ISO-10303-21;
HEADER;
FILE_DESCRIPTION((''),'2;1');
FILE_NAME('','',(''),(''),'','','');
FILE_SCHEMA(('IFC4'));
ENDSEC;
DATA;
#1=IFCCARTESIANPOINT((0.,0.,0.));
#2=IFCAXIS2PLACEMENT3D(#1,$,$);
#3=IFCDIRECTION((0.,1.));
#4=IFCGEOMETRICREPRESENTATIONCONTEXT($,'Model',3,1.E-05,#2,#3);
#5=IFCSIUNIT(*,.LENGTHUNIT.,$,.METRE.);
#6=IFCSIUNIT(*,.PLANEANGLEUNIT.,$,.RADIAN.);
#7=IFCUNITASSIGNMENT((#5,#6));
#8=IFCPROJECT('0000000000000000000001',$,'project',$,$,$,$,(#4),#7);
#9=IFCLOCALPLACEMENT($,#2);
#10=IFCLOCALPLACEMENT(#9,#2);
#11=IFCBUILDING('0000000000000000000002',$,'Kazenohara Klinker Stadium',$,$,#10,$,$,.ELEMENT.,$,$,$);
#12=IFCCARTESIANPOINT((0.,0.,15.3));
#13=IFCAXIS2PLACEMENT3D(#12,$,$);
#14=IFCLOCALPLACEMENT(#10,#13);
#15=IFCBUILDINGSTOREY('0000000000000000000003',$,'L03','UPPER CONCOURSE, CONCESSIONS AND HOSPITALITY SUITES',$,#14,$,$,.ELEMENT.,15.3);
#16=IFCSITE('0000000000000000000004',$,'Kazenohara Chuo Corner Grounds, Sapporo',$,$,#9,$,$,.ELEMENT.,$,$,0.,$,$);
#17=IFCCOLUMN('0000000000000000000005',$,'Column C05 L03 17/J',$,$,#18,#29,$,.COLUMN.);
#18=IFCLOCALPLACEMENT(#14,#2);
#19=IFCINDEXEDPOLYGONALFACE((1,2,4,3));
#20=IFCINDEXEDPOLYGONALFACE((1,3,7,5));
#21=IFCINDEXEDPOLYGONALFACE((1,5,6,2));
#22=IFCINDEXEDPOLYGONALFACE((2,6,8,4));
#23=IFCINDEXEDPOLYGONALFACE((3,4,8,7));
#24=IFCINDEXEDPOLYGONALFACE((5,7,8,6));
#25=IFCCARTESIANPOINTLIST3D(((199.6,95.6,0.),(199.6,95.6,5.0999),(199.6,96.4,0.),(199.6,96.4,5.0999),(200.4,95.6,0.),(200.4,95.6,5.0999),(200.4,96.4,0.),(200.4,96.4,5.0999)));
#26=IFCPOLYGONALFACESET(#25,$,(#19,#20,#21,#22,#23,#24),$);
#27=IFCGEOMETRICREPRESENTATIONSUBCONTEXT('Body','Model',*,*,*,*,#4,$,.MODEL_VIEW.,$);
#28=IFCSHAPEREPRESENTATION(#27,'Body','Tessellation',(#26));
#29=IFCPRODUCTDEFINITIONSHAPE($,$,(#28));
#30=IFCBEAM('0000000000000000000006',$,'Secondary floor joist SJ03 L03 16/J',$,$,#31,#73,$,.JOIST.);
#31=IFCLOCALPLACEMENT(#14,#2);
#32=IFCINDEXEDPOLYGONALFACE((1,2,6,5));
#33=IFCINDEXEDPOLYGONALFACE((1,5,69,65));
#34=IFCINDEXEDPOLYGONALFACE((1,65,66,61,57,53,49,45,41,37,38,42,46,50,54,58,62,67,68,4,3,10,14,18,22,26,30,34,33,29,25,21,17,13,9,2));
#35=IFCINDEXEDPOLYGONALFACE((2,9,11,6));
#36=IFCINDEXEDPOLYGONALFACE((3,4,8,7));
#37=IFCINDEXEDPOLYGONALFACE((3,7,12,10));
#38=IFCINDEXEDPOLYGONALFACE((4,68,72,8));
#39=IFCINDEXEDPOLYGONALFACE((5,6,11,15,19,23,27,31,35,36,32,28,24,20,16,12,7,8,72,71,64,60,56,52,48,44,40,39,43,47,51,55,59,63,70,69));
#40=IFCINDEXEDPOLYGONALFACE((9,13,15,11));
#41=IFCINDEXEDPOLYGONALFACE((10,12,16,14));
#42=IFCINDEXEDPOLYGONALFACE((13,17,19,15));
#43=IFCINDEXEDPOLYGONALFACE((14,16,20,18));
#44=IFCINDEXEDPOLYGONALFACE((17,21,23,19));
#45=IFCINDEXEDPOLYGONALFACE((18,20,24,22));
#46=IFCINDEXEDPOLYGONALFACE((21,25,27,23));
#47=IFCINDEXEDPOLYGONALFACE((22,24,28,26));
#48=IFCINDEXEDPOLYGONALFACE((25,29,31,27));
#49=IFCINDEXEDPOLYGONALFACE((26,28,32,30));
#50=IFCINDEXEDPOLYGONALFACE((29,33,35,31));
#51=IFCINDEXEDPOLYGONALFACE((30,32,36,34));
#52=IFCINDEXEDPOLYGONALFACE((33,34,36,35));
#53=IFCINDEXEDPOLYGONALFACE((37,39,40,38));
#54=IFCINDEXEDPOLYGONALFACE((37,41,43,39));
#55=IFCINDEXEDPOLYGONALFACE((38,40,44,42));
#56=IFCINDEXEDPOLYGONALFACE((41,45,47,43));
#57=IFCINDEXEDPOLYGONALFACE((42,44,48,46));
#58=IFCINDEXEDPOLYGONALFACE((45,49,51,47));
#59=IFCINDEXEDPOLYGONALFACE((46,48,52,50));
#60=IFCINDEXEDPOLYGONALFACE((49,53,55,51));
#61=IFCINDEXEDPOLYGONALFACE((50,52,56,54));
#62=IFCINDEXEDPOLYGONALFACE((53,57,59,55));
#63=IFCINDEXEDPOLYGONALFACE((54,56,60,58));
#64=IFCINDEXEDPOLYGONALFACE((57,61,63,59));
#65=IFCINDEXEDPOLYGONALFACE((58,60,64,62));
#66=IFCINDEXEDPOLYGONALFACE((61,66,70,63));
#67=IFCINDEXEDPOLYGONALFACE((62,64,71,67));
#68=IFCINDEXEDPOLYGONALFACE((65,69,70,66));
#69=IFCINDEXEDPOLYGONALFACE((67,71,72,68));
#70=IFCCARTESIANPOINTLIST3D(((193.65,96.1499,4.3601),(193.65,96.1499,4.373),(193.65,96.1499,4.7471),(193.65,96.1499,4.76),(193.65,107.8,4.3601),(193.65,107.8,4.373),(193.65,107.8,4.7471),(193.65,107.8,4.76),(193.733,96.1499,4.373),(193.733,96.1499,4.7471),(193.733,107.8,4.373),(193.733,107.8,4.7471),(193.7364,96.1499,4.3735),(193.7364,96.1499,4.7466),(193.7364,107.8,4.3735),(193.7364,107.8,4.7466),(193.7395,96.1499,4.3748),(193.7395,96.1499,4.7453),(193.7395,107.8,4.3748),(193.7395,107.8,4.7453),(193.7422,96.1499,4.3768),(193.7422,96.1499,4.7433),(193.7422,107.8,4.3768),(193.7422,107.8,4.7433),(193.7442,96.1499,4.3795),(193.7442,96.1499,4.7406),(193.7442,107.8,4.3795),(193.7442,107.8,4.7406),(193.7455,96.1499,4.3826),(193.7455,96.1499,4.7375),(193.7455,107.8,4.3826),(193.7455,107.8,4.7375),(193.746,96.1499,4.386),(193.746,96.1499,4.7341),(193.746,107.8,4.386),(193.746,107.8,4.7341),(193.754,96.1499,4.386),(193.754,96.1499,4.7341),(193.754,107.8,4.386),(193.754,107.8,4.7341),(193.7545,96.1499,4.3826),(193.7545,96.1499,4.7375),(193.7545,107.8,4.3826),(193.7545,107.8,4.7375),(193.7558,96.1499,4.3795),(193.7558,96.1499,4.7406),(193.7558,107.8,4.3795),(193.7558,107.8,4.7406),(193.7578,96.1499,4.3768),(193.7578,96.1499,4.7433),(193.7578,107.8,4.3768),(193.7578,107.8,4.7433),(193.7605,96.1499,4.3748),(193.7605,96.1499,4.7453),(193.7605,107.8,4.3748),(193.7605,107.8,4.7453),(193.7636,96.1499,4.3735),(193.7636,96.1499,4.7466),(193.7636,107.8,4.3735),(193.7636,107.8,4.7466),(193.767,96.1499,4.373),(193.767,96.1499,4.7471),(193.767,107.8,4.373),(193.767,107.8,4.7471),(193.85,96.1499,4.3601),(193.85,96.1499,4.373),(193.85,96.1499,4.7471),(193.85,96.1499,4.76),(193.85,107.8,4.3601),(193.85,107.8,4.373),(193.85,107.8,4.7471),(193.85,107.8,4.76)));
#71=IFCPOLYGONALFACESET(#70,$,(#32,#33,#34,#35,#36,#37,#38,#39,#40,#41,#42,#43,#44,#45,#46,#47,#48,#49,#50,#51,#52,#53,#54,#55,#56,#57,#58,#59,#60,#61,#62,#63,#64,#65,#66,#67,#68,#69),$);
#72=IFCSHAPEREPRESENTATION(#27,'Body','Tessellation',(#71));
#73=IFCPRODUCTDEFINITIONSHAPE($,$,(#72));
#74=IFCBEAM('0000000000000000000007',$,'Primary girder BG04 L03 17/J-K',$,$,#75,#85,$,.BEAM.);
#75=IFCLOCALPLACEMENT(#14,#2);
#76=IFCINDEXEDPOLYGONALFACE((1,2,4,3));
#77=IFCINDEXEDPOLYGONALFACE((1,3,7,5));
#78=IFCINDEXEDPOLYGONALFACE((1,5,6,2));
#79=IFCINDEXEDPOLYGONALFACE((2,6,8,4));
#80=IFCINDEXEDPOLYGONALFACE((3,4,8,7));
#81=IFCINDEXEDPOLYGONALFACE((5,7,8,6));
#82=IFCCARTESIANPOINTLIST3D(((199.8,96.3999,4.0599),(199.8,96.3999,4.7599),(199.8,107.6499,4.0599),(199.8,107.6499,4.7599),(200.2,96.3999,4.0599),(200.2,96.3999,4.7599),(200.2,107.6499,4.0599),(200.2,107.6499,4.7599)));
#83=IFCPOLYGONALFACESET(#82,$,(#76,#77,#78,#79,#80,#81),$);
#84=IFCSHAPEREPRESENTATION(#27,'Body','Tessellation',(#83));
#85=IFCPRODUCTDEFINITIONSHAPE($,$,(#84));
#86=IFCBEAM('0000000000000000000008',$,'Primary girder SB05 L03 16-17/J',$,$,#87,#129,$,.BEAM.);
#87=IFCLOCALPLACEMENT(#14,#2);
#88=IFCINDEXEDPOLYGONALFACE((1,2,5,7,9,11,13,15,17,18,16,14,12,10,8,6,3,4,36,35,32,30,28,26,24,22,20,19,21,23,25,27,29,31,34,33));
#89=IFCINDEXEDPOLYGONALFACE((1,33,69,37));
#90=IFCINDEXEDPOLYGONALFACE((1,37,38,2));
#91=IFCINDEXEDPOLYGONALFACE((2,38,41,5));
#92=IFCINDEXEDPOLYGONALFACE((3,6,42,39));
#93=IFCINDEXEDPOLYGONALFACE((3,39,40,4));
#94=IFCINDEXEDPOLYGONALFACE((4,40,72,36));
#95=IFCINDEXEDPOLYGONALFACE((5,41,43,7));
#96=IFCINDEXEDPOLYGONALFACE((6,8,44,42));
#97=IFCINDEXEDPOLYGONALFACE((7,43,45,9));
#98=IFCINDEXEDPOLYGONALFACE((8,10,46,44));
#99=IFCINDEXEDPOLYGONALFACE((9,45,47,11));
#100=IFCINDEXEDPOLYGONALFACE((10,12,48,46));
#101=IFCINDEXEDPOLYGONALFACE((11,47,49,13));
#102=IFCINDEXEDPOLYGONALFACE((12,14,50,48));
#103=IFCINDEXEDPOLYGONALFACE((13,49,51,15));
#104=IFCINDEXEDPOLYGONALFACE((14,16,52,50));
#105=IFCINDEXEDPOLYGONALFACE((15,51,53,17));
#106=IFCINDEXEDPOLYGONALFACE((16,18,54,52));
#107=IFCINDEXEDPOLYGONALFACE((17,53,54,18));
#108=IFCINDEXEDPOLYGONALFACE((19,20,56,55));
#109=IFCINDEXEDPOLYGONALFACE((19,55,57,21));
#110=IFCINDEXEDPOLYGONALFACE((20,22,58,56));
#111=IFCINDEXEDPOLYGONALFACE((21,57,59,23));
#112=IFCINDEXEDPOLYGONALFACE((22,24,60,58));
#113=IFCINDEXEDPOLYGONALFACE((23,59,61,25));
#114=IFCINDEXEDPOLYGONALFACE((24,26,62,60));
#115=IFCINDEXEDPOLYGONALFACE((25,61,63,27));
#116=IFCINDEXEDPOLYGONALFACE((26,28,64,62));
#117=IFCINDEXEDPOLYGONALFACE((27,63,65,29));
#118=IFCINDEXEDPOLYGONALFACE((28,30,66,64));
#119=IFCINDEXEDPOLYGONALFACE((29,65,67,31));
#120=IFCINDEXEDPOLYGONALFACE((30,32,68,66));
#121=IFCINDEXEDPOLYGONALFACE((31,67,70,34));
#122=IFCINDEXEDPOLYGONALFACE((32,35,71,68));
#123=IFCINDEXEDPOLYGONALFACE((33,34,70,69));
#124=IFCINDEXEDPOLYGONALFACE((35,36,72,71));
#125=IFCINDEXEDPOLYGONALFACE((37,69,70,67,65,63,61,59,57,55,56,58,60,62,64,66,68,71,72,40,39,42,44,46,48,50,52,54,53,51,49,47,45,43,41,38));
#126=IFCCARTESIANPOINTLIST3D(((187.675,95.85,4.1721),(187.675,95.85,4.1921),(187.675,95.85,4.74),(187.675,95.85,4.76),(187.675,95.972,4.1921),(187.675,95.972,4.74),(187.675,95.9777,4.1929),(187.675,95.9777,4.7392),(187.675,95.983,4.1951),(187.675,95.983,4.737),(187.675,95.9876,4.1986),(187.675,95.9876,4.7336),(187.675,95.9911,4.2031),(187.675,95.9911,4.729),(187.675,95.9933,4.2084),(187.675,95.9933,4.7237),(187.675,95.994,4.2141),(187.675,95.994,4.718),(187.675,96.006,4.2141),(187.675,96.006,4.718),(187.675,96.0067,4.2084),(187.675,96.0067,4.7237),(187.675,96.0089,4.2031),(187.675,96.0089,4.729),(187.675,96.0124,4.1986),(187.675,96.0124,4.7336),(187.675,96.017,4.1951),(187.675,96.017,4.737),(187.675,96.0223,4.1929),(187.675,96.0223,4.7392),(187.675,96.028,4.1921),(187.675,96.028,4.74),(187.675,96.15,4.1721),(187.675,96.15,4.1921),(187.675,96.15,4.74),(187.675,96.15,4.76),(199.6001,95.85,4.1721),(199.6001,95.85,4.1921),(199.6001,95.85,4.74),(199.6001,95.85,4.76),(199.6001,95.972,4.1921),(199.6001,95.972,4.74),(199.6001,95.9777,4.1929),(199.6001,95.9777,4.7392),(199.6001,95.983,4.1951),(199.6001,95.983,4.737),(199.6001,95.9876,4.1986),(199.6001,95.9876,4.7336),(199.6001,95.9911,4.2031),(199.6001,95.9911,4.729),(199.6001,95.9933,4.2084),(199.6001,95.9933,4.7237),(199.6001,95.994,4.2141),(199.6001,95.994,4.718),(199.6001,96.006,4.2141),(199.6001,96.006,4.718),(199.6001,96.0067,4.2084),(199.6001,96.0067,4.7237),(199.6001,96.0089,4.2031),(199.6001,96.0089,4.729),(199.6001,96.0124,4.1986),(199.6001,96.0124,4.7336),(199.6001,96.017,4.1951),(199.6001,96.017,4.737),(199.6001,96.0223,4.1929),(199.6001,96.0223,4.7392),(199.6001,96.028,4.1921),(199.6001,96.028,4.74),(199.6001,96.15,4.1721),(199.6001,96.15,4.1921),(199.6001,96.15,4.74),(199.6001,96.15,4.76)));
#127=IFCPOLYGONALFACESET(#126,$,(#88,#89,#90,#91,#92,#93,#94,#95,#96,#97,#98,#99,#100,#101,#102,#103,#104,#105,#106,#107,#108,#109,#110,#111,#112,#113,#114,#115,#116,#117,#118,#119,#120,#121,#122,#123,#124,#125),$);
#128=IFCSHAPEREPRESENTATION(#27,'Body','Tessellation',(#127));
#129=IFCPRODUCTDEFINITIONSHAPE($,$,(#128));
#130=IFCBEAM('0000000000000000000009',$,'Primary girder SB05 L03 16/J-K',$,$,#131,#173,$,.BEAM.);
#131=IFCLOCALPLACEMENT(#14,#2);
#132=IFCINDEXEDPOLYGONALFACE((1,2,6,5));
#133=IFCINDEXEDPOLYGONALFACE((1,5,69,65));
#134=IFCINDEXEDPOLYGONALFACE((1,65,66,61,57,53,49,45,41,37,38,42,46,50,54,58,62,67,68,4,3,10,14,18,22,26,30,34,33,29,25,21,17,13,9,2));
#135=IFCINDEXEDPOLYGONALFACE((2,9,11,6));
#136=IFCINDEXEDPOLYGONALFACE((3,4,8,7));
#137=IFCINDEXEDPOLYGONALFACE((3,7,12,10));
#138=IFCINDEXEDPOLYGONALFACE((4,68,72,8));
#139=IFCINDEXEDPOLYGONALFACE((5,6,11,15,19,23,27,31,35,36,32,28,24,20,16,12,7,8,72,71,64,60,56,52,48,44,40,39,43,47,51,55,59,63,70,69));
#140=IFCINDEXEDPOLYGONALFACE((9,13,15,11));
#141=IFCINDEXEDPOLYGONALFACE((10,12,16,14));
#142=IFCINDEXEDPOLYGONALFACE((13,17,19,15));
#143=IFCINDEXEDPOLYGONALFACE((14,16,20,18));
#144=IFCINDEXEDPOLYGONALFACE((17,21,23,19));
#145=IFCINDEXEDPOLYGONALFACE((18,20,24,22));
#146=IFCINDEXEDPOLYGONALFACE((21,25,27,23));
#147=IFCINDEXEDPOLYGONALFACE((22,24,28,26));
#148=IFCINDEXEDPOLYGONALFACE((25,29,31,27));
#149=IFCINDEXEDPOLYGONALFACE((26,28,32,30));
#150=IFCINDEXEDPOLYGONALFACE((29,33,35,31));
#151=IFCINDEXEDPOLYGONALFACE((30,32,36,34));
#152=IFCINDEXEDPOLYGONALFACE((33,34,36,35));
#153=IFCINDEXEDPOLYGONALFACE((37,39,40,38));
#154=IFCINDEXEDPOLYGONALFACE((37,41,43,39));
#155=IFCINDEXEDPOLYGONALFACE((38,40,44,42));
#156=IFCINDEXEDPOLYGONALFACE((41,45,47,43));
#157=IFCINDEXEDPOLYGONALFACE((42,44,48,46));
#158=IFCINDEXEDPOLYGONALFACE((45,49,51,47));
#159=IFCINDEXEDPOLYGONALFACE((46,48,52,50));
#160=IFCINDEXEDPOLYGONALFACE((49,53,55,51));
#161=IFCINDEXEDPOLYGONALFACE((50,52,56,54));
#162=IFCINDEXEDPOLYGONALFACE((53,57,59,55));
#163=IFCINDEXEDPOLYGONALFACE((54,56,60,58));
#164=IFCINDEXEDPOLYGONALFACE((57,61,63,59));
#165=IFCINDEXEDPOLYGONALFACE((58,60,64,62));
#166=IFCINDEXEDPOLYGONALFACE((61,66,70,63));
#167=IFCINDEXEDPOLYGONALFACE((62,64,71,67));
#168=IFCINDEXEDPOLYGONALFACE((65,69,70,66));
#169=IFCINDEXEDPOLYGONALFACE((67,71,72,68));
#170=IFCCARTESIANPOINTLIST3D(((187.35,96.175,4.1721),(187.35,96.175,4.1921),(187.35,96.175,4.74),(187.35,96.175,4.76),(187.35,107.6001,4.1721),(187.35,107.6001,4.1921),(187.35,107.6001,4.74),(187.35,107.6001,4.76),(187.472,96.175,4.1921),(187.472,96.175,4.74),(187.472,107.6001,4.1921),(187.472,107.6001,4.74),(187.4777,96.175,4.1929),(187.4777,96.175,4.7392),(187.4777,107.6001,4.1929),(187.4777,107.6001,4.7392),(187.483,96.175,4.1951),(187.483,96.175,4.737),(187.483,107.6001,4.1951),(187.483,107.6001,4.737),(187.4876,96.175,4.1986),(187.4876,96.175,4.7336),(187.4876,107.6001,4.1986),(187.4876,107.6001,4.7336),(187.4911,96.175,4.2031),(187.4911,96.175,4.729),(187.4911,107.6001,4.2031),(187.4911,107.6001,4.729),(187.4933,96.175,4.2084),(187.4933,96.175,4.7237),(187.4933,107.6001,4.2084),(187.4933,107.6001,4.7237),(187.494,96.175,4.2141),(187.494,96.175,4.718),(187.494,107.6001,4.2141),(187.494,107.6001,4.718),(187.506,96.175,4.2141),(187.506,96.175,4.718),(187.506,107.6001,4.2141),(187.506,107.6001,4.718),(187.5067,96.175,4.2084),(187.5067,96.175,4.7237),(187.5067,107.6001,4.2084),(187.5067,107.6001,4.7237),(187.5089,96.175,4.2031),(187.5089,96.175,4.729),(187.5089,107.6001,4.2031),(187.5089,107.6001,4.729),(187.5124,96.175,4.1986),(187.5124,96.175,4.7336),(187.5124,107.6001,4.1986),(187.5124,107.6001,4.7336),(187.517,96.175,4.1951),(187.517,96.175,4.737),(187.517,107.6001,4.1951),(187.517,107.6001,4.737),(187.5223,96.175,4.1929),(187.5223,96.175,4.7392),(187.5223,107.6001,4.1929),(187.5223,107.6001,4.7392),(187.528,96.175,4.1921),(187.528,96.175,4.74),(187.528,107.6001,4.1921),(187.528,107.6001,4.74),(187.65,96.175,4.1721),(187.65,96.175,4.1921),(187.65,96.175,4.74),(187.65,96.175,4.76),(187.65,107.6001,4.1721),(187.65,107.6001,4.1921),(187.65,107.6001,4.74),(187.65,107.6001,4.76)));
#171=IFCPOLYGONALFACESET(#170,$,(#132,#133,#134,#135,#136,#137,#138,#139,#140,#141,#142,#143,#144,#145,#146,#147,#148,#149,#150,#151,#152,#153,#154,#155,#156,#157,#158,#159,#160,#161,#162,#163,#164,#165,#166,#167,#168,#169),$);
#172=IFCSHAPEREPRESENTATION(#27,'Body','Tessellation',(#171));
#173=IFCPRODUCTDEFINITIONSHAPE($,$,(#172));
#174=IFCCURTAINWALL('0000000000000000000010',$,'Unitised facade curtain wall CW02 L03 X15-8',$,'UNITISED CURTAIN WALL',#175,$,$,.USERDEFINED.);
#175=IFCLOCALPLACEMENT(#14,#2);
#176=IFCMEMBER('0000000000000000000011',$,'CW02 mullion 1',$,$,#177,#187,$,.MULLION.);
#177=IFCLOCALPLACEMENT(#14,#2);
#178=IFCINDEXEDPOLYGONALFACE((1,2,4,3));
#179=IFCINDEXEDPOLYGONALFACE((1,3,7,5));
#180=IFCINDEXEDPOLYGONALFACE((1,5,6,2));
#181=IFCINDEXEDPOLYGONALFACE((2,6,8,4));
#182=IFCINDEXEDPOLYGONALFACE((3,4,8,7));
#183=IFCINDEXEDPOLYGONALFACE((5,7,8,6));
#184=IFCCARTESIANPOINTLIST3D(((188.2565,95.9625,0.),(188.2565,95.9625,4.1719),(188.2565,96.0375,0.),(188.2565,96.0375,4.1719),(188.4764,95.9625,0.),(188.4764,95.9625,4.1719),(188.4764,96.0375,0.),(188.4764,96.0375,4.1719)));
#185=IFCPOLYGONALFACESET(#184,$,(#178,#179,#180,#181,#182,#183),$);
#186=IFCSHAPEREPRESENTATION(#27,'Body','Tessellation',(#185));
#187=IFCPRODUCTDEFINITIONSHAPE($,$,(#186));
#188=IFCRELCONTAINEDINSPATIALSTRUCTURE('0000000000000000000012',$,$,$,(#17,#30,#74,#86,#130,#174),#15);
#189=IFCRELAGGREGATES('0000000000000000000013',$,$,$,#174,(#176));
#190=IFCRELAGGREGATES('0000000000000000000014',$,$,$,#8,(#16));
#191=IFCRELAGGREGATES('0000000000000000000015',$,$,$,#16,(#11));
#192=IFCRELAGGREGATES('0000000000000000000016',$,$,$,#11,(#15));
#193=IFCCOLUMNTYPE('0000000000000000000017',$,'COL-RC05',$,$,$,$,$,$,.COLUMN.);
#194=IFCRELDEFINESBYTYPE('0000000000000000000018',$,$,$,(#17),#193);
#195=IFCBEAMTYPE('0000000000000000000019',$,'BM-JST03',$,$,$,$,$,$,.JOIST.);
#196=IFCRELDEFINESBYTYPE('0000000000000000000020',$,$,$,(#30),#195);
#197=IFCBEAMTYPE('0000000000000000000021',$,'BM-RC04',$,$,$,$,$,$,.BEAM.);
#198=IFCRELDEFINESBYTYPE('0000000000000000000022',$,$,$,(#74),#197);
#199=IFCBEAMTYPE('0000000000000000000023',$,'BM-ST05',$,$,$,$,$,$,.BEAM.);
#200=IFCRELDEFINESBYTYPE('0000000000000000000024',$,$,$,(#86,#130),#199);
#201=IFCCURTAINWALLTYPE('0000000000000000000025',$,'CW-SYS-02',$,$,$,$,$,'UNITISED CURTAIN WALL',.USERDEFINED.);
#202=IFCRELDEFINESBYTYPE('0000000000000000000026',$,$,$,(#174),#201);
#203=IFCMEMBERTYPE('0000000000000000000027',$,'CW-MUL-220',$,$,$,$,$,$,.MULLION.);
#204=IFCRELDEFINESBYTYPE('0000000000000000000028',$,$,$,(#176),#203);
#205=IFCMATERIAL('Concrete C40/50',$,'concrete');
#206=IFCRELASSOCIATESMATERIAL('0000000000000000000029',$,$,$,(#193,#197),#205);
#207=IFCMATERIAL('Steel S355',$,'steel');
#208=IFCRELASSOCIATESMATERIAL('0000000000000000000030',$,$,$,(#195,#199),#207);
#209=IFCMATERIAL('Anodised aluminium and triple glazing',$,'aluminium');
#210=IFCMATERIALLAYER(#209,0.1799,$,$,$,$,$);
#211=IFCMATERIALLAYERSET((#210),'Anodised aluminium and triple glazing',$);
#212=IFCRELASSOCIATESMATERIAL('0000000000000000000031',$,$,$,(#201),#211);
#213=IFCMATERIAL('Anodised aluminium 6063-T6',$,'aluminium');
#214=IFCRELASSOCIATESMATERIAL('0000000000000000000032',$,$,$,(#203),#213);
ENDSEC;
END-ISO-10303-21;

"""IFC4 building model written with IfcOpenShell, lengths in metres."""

from ifc_helpers import new_model, si_unit, direction, frame, origin, origin_2d, place, context, subcontext, project, spatial, rectangle, i_section, extrude, material, layer, layer_set, material_profile, profile_set, type_object, element, aggregate, save


model = new_model("IFC4")

# Units and contexts
model_context = context("Model", 3, precision=1e-05, world=origin(), true_north=direction((0.0, 1.0)))
body_context = subcontext(model_context, "Body", "Model", "MODEL_VIEW")
ifc_project = project(units=[si_unit("LENGTHUNIT", "METRE"), si_unit("PLANEANGLEUNIT", "RADIAN")], contexts=[model_context])

# Site, building, storey
site_placement = place(None, origin())
site = spatial("IfcSite", under=ifc_project, at=site_placement, Name="Kazenohara Chuo Corner Grounds, Sapporo", CompositionType="ELEMENT", RefElevation=0.0)
building_placement = place(site_placement, origin())
building = spatial("IfcBuilding", under=site, at=building_placement, Name="Kazenohara Klinker Stadium", CompositionType="ELEMENT")
storey_placement = place(building_placement, frame((0.0, 0.0, 15.3)))
storey = spatial("IfcBuildingStorey", under=building, at=storey_placement, Name="L03", Description="UPPER CONCOURSE, CONCESSIONS AND HOSPITALITY SUITES", CompositionType="ELEMENT", Elevation=15.3)

# Column
ifc_material_1 = material(Name="Concrete C40/50", Category="concrete")
ifc_material_profile_1 = material_profile(ifc_material_1, rectangle(XDim=0.8, YDim=0.8, at=origin_2d()), Name="RC-COL-800x800")
ifc_profile_set_1 = profile_set([ifc_material_profile_1], Name="Concrete C40/50")
column_type = type_object("IfcColumnType", Name="COL-RC05", PredefinedType="COLUMN", material=ifc_profile_set_1)
column_placement = place(storey_placement, frame((200.0, 96.0, 0.0), z_axis=(0.0, 0.0, 1.0), x_axis=(1.0, 0.0, 0.0)))
element("IfcColumn", 1, at=column_placement, inside=storey, type_object=column_type, Name="Column C05 L03 17/J", PredefinedType="COLUMN", context=body_context, shape_type="SweptSolid", body=[
    extrude(rectangle(XDim=0.8, YDim=0.8, at=origin_2d()), origin(), (0.0, 0.0, 1.0), 5.0999),
])

# Beams
ifc_material_2 = material(Name="Steel S355", Category="steel")
ifc_material_profile_2 = material_profile(ifc_material_2, i_section(OverallWidth=0.2, OverallDepth=0.3999, WebThickness=0.0081, FlangeThickness=0.0129, FilletRadius=0.0129, at=origin_2d()), Name="H-400x200x8x13")
ifc_profile_set_2 = profile_set([ifc_material_profile_2], Name="Steel S355")
beam_type_1 = type_object("IfcBeamType", Name="BM-JST03", PredefinedType="JOIST", material=ifc_profile_set_2)
beam_1_placement = place(storey_placement, frame((193.75, 96.1499, 4.5601), z_axis=(0.0, 1.0, 0.0), x_axis=(-1.0, 0.0, 0.0)))
element("IfcBeam", 2, at=beam_1_placement, inside=storey, type_object=beam_type_1, Name="Secondary floor joist SJ03 L03 16/J", PredefinedType="JOIST", context=body_context, shape_type="SweptSolid", body=[
    extrude(i_section(OverallWidth=0.2, OverallDepth=0.3999, WebThickness=0.0081, FlangeThickness=0.0129, FilletRadius=0.0129, at=origin_2d()), origin(), (0.0, 0.0, 1.0), 11.6501),
])
ifc_material_profile_3 = material_profile(ifc_material_1, rectangle(XDim=0.3999, YDim=0.7, at=origin_2d()), Name="RC-BM-400x700")
ifc_profile_set_3 = profile_set([ifc_material_profile_3], Name="Concrete C40/50")
beam_type_2 = type_object("IfcBeamType", Name="BM-RC04", PredefinedType="BEAM", material=ifc_profile_set_3)
beam_2_placement = place(storey_placement, frame((200.0, 96.3999, 4.4099), z_axis=(0.0, 1.0, 0.0), x_axis=(-1.0, 0.0, 0.0)))
element("IfcBeam", 3, at=beam_2_placement, inside=storey, type_object=beam_type_2, Name="Primary girder BG04 L03 17/J-K", PredefinedType="BEAM", context=body_context, shape_type="SweptSolid", body=[
    extrude(rectangle(XDim=0.3999, YDim=0.7, at=origin_2d()), origin(), (0.0, 0.0, 1.0), 11.25),
])
ifc_material_profile_4 = material_profile(ifc_material_2, i_section(OverallWidth=0.3, OverallDepth=0.5879, WebThickness=0.012, FlangeThickness=0.02, FilletRadius=0.022, at=origin_2d()), Name="H-588x300x12x20")
ifc_profile_set_4 = profile_set([ifc_material_profile_4], Name="Steel S355")
beam_type_3 = type_object("IfcBeamType", Name="BM-ST05", PredefinedType="BEAM", material=ifc_profile_set_4)
beam_3_placement = place(storey_placement, frame((187.675, 96.0, 4.4661), z_axis=(1.0, 0.0, 0.0), x_axis=(0.0, 1.0, 0.0)))
element("IfcBeam", 4, at=beam_3_placement, inside=storey, type_object=beam_type_3, Name="Primary girder SB05 L03 16-17/J", PredefinedType="BEAM", context=body_context, shape_type="SweptSolid", body=[
    extrude(i_section(OverallWidth=0.3, OverallDepth=0.5879, WebThickness=0.012, FlangeThickness=0.02, FilletRadius=0.022, at=origin_2d()), origin(), (0.0, 0.0, 1.0), 11.925),
])
beam_4_placement = place(storey_placement, frame((187.5, 96.175, 4.4661), z_axis=(0.0, 1.0, 0.0), x_axis=(-1.0, 0.0, 0.0)))
element("IfcBeam", 5, at=beam_4_placement, inside=storey, type_object=beam_type_3, Name="Primary girder SB05 L03 16/J-K", PredefinedType="BEAM", context=body_context, shape_type="SweptSolid", body=[
    extrude(i_section(OverallWidth=0.3, OverallDepth=0.5879, WebThickness=0.012, FlangeThickness=0.02, FilletRadius=0.022, at=origin_2d()), origin(), (0.0, 0.0, 1.0), 11.425),
])

# Curtain wall, member
ifc_material_3 = material(Name="Anodised aluminium and triple glazing", Category="aluminium")
ifc_layer_1 = layer(ifc_material_3, 0.1799)
ifc_layer_set_1 = layer_set([ifc_layer_1], Name="Anodised aluminium and triple glazing")
curtain_wall_type_1 = type_object("IfcCurtainWallType", Name="CW-SYS-02", ElementType="UNITISED CURTAIN WALL", PredefinedType="USERDEFINED", material=ifc_layer_set_1)
curtain_wall_1_placement = place(storey_placement, origin())
curtain_wall_1 = element("IfcCurtainWall", 6, at=curtain_wall_1_placement, inside=storey, type_object=curtain_wall_type_1, Name="Unitised facade curtain wall CW02 L03 X15-8", ObjectType="UNITISED CURTAIN WALL", PredefinedType="USERDEFINED")
ifc_material_4 = material(Name="Anodised aluminium 6063-T6", Category="aluminium")
ifc_material_profile_5 = material_profile(ifc_material_4, rectangle(XDim=0.075, YDim=0.22, at=origin_2d()), Name="ALU-MUL-75x220")
ifc_profile_set_5 = profile_set([ifc_material_profile_5], Name="Anodised aluminium 6063-T6")
member_type_1 = type_object("IfcMemberType", Name="CW-MUL-220", PredefinedType="MULLION", material=ifc_profile_set_5)
member_1_placement = place(storey_placement, frame((188.3665, 96.0, 0.0), z_axis=(0.0, 0.0, 1.0), x_axis=(0.0, 1.0, 0.0)))
member_1 = element("IfcMember", 7, at=member_1_placement, type_object=member_type_1, Name="CW02 mullion 1", PredefinedType="MULLION", context=body_context, shape_type="SweptSolid", body=[
    extrude(rectangle(XDim=0.075, YDim=0.22, at=origin_2d()), origin(), (0.0, 0.0, 1.0), 4.1719),
])

aggregate(curtain_wall_1, [member_1])

save(model, "model.ifc")
